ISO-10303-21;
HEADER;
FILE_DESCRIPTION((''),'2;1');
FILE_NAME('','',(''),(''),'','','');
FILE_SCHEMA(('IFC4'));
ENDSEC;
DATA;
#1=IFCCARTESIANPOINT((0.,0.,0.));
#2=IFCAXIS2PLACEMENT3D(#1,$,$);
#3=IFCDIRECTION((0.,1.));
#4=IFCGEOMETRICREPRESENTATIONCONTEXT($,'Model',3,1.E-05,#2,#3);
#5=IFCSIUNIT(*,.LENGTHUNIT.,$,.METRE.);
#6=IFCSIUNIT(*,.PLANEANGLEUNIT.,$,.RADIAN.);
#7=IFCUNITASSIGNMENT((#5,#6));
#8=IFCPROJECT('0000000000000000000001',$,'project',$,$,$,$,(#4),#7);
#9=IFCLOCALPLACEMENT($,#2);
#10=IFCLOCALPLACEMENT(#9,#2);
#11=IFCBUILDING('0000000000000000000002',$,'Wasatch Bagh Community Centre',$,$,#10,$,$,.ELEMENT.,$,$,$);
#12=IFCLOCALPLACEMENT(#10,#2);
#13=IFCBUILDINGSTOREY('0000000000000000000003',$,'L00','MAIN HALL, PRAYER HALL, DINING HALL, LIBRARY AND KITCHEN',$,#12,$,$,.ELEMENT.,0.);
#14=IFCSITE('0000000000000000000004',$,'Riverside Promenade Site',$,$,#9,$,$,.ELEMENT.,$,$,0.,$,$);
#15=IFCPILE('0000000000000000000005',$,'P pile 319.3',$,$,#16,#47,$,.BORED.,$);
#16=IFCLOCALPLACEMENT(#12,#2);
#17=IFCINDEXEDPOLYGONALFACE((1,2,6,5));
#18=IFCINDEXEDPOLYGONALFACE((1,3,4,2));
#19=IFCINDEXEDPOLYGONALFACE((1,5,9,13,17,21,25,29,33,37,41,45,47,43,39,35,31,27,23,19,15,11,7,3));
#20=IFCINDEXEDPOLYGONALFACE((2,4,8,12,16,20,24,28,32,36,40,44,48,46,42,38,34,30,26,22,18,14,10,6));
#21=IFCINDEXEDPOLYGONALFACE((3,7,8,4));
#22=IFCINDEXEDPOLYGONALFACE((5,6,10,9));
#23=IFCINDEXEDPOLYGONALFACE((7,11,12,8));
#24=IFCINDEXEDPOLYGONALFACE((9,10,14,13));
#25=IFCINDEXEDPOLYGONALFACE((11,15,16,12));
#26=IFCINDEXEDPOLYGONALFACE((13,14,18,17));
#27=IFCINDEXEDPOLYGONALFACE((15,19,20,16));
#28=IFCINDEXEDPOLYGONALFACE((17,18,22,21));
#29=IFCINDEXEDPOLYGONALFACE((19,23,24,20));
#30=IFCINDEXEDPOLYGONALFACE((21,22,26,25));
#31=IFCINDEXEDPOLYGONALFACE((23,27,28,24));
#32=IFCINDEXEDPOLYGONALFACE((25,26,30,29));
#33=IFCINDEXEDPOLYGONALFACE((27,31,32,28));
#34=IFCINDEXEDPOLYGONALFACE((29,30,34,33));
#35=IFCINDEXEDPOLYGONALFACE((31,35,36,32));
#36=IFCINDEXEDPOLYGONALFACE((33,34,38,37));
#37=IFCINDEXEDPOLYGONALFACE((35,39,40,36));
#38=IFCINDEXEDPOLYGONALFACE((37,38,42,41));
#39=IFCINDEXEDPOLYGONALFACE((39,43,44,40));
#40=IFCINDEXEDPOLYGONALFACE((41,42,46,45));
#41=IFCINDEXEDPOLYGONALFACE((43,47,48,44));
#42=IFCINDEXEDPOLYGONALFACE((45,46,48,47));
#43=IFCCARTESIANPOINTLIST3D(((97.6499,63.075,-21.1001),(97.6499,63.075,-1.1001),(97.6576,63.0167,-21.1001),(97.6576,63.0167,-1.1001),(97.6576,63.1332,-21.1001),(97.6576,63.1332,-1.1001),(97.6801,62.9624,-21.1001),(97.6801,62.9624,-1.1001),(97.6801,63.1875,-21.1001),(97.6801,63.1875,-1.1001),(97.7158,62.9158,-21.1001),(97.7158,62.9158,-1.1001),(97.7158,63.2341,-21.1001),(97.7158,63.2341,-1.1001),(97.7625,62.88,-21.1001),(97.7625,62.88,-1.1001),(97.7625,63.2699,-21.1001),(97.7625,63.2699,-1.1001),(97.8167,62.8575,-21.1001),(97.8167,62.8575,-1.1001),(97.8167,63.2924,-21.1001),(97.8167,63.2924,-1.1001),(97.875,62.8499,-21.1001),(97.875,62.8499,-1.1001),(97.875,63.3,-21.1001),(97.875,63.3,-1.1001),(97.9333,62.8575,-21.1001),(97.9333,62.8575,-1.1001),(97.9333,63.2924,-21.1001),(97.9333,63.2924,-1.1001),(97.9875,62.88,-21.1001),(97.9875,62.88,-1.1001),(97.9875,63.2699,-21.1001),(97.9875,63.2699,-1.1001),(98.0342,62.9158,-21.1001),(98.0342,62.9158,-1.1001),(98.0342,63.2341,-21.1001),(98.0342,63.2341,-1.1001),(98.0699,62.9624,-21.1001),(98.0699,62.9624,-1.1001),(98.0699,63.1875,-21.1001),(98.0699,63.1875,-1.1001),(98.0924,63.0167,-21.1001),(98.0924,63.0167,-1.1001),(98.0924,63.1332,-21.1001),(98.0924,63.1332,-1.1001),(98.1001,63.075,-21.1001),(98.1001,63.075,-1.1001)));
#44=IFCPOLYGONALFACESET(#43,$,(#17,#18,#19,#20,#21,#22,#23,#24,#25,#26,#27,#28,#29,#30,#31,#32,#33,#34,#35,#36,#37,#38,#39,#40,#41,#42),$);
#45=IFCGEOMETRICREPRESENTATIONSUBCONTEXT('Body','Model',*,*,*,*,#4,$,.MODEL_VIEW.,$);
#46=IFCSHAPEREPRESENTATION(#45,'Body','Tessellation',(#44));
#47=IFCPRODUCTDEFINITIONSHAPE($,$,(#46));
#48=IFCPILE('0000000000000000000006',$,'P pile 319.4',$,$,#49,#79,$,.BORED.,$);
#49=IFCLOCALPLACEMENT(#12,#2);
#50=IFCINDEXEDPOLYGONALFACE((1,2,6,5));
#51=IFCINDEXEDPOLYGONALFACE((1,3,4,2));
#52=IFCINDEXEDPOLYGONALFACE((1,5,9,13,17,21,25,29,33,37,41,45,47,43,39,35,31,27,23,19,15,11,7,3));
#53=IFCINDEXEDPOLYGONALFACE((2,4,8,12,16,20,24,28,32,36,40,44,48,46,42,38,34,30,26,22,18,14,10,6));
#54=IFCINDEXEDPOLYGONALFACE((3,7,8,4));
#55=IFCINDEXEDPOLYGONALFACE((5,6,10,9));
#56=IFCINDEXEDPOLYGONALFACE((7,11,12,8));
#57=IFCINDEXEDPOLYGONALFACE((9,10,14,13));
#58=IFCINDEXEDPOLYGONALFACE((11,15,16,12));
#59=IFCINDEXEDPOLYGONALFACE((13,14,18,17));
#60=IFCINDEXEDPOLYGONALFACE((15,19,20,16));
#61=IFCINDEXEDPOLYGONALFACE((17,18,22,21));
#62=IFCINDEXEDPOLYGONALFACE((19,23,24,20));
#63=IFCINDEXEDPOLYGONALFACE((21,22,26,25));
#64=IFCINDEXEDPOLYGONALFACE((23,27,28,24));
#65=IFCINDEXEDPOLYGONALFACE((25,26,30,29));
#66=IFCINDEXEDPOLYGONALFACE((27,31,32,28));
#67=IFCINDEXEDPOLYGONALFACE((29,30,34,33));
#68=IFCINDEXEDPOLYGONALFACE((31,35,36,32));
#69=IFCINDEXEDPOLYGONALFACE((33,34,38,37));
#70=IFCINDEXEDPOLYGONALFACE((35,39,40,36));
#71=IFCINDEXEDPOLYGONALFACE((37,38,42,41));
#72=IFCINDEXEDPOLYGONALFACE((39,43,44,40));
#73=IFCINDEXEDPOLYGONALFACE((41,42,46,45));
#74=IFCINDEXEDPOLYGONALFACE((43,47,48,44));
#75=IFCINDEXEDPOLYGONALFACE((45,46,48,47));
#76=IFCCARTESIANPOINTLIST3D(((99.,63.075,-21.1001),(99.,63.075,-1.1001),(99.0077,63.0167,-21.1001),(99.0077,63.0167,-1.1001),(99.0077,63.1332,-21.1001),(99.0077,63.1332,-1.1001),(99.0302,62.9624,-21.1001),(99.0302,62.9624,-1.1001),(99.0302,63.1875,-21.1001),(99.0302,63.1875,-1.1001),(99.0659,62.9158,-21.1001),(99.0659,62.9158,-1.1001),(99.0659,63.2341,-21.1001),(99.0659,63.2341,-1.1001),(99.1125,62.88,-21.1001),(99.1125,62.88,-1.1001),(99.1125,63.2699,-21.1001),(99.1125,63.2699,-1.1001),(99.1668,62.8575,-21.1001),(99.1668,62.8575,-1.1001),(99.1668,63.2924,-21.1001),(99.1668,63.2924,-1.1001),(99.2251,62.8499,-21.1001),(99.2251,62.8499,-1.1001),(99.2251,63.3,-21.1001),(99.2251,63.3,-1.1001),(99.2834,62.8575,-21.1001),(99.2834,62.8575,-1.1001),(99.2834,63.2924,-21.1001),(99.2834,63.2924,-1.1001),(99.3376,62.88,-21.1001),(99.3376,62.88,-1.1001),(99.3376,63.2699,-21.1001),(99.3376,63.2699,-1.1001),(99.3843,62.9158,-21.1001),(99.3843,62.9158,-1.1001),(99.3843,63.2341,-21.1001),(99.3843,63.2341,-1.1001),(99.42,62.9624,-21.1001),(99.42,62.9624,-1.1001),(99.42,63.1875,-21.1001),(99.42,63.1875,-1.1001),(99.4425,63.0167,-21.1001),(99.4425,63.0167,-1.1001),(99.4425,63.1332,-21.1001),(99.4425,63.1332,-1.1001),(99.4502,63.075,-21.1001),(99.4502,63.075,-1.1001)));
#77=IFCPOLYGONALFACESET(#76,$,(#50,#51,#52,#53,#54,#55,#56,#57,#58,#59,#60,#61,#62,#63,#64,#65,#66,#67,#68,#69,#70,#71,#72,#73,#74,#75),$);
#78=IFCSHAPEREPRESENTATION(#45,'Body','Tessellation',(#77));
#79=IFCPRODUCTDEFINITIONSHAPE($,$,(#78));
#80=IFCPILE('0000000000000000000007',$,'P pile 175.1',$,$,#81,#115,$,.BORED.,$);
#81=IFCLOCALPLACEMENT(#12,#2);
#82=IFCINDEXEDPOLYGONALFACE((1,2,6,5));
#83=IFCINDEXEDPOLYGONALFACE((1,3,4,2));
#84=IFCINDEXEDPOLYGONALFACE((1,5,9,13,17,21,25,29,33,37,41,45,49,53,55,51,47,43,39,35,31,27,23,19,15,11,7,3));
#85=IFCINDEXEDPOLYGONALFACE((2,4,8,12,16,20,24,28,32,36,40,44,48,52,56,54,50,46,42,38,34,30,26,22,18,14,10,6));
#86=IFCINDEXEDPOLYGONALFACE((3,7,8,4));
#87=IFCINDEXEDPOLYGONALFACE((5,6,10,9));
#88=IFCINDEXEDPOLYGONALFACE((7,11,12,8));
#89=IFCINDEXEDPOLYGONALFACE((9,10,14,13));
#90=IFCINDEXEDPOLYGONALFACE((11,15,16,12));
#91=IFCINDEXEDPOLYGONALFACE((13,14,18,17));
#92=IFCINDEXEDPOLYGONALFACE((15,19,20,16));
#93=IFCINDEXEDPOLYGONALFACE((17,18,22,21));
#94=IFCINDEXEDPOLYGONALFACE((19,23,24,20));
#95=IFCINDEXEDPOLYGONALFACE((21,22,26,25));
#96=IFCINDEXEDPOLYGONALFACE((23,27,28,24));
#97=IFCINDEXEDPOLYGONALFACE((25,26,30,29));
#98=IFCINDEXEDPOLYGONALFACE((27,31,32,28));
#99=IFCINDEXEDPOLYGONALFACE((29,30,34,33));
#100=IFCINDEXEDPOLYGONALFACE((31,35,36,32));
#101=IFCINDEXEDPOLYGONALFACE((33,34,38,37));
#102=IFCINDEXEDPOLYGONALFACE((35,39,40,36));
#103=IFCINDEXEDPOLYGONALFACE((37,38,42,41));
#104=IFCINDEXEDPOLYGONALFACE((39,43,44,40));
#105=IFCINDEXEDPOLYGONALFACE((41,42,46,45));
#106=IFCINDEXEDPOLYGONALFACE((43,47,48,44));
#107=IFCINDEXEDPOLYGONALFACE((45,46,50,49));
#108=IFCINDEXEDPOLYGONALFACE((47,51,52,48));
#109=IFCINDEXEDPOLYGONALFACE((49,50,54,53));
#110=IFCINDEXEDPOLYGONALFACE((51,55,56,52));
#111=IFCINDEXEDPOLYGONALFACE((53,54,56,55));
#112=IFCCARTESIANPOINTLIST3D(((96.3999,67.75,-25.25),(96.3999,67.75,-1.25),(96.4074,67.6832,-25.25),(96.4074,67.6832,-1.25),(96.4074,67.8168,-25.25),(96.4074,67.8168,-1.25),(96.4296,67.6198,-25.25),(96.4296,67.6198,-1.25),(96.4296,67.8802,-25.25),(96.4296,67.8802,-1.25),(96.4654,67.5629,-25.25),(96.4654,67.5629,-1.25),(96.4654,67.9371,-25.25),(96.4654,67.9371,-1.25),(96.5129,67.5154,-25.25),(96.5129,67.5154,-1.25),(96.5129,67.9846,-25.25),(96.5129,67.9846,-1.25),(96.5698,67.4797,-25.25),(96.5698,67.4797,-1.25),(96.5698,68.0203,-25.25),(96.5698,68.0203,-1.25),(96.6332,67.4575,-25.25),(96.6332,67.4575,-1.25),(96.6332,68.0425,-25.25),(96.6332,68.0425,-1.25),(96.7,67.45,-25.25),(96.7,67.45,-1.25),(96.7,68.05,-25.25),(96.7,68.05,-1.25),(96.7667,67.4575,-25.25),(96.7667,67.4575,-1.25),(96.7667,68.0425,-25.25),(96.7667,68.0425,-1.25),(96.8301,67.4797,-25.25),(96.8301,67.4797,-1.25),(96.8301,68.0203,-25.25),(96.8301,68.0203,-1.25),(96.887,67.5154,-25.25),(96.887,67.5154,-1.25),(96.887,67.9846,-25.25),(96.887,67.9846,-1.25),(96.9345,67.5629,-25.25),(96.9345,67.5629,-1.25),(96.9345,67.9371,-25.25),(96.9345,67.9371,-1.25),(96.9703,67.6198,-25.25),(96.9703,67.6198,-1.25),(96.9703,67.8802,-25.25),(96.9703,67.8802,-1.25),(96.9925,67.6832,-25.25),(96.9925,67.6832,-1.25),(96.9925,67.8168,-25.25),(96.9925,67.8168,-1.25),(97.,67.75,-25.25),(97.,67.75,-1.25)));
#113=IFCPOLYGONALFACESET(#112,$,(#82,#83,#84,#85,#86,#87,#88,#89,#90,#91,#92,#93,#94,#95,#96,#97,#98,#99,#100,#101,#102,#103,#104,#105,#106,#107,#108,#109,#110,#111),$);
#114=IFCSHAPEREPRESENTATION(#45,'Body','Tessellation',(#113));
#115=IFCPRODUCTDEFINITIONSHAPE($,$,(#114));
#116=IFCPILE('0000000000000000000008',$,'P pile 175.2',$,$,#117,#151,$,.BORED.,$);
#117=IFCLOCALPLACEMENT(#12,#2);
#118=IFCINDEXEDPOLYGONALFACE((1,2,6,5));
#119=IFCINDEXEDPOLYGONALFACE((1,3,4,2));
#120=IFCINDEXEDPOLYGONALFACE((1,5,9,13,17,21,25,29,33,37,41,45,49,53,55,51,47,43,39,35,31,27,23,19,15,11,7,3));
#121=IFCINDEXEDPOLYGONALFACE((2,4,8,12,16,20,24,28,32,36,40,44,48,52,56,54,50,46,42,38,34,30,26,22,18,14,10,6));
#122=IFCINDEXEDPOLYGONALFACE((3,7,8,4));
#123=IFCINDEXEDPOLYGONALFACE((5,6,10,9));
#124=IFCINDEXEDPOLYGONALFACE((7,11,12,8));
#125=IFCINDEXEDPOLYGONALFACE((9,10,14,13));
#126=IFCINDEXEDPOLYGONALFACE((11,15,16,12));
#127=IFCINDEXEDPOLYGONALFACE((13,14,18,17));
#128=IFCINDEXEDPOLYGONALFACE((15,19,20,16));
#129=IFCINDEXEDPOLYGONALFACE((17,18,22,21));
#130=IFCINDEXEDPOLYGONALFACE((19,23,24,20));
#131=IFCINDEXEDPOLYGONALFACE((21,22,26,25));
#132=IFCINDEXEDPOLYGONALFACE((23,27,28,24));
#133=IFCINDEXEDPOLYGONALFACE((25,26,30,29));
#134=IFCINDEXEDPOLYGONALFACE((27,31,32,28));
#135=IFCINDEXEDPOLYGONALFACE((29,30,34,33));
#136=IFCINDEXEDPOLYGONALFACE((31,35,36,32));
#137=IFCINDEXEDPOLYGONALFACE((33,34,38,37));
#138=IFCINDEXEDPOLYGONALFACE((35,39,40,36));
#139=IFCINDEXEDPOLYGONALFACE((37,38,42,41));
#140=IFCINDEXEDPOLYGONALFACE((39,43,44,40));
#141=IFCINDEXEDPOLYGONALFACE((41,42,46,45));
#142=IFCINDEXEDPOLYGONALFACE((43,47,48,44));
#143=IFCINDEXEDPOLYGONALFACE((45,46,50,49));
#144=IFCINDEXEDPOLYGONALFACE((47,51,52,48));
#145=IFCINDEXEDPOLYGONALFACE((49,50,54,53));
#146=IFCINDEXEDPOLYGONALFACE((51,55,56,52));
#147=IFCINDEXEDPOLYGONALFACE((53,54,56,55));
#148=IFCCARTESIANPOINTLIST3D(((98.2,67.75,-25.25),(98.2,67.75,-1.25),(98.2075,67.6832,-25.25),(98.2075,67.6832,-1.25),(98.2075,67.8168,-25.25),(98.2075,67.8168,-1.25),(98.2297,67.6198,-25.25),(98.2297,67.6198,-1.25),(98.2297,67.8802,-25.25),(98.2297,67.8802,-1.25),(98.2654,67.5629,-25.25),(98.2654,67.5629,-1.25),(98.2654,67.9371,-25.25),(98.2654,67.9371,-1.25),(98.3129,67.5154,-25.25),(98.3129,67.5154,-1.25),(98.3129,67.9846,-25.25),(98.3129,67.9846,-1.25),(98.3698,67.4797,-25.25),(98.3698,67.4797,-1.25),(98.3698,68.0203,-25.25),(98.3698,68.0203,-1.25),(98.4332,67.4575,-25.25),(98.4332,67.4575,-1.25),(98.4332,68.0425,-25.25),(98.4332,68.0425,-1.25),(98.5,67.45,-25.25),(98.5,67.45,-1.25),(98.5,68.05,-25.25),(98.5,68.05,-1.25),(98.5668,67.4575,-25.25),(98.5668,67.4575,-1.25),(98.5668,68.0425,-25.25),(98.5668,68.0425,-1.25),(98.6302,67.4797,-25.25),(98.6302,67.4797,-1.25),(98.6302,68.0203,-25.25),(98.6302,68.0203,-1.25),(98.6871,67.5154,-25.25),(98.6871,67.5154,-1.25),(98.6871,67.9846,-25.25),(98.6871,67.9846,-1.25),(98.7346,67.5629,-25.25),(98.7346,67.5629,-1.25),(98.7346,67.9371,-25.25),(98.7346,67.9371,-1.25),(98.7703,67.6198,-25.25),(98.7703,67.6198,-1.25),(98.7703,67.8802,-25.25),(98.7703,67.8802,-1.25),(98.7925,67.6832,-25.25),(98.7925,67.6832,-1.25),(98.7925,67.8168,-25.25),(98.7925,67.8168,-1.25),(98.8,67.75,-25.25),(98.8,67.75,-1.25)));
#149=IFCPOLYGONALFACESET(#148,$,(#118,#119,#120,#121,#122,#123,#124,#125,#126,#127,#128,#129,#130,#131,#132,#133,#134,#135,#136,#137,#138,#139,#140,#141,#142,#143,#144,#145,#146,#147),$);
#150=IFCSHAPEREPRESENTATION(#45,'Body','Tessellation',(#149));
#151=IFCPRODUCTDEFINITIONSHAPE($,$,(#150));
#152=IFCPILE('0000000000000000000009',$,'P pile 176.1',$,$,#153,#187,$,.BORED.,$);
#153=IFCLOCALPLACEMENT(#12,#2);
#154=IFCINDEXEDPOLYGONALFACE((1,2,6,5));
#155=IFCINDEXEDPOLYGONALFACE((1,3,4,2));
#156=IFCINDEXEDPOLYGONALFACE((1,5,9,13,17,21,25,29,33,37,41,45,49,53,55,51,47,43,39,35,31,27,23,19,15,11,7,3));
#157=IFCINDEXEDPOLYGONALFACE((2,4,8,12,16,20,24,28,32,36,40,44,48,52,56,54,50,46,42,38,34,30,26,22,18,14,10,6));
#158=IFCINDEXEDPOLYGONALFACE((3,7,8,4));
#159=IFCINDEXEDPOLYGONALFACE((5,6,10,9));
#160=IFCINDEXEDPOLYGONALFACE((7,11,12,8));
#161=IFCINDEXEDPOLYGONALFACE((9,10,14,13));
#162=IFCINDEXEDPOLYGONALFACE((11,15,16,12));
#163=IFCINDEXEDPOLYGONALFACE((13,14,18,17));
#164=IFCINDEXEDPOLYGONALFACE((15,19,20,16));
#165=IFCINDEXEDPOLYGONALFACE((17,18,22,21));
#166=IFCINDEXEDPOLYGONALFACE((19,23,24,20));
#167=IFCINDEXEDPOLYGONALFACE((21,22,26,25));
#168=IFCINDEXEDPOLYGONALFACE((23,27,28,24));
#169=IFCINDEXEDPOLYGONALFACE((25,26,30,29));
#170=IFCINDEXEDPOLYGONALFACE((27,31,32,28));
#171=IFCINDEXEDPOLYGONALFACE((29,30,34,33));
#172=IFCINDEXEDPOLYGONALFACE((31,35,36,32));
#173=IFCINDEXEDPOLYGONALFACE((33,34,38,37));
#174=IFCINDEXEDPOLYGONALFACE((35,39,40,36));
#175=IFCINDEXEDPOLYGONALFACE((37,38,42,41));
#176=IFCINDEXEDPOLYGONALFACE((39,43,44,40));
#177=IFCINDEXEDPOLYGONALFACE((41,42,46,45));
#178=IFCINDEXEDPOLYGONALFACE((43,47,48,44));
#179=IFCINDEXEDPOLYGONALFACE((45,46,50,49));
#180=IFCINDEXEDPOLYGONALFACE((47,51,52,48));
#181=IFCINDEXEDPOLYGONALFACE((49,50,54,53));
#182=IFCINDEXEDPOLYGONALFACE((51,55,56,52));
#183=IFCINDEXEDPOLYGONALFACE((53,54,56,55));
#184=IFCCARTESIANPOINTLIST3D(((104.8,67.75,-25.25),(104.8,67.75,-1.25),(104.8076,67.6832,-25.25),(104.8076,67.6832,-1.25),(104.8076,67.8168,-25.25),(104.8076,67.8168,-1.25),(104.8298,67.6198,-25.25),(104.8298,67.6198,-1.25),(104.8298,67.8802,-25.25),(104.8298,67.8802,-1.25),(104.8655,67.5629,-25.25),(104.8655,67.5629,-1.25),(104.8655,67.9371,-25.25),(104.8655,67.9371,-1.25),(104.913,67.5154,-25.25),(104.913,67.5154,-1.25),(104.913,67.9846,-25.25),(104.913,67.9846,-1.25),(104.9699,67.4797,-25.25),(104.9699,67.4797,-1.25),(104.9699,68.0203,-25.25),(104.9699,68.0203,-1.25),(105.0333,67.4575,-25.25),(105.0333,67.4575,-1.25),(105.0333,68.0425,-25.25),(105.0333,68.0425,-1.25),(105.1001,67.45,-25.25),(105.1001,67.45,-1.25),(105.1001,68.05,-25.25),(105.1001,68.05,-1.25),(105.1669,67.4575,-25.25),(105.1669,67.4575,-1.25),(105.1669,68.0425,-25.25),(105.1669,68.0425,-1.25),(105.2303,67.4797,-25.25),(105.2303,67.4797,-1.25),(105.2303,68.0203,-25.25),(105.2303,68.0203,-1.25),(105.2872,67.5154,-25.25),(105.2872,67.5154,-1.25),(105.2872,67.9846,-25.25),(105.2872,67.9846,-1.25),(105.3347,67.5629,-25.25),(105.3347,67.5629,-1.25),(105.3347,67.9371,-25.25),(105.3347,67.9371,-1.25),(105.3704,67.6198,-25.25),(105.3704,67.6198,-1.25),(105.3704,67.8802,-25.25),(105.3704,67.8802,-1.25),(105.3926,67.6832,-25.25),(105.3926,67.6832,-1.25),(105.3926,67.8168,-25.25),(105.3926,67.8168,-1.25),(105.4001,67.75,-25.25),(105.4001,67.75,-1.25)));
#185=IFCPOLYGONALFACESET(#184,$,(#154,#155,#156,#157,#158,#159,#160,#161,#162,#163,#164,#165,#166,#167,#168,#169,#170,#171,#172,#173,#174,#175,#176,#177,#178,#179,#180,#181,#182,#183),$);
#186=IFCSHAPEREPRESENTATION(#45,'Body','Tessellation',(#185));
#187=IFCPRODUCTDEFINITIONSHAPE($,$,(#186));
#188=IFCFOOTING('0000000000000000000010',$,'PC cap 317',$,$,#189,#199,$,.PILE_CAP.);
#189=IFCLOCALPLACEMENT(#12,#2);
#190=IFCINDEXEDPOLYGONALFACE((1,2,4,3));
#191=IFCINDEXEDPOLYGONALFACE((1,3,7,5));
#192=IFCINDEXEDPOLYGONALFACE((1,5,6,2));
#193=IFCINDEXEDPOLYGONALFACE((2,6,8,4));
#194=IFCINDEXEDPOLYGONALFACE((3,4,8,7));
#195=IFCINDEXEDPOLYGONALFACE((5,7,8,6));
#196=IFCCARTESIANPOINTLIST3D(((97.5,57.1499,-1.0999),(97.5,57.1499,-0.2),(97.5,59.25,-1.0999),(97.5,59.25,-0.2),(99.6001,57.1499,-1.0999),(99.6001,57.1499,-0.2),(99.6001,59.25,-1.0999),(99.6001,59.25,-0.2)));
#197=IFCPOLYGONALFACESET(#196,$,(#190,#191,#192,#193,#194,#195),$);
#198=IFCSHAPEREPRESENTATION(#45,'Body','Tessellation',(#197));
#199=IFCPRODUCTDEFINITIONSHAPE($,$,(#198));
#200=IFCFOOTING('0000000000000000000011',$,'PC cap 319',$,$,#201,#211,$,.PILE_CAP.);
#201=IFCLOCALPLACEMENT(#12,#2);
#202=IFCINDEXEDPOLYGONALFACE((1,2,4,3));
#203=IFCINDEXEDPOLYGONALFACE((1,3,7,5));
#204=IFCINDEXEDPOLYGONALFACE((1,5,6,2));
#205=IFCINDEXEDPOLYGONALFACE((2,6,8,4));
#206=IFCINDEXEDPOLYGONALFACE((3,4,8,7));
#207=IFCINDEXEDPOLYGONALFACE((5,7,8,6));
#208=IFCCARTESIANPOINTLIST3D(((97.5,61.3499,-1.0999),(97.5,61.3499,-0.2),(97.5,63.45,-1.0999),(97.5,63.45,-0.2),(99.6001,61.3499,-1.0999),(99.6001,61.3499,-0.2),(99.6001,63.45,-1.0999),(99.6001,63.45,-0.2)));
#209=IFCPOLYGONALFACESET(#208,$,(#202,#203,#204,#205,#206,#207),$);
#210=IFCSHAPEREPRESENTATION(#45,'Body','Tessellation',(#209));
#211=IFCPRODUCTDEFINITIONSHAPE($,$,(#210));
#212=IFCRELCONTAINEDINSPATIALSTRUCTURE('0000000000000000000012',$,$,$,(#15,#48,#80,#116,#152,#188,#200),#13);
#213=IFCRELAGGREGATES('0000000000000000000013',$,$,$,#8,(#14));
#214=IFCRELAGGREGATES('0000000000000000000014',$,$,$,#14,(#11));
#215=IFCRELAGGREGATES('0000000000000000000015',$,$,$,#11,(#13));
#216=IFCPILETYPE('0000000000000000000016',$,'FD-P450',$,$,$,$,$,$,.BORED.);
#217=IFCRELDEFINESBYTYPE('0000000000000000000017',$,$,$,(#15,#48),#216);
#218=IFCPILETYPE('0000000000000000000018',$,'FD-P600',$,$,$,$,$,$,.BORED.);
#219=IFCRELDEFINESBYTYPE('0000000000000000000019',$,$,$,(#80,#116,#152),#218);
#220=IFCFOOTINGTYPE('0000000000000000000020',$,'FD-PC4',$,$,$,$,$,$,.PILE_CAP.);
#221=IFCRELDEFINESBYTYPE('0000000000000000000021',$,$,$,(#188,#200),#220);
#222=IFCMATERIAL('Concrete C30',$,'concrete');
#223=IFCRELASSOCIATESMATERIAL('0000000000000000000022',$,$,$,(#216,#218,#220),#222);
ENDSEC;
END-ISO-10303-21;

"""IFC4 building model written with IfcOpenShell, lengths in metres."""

from ifc_helpers import new_model, si_unit, direction, frame, origin, origin_2d, place, context, subcontext, project, spatial, rectangle, circle, extrude, material, material_profile, profile_set, type_object, element, save


model = new_model("IFC4")

# Units and contexts
model_context = context("Model", 3, precision=1e-05, world=origin(), true_north=direction((0.0, 1.0)))
body_context = subcontext(model_context, "Body", "Model", "MODEL_VIEW")
ifc_project = project(units=[si_unit("LENGTHUNIT", "METRE"), si_unit("PLANEANGLEUNIT", "RADIAN")], contexts=[model_context])

# Site, building, storey
site_placement = place(None, origin())
site = spatial("IfcSite", under=ifc_project, at=site_placement, Name="Riverside Promenade Site", CompositionType="ELEMENT", RefElevation=0.0)
building_placement = place(site_placement, origin())
building = spatial("IfcBuilding", under=site, at=building_placement, Name="Wasatch Bagh Community Centre", CompositionType="ELEMENT")
storey_placement = place(building_placement, origin())
storey = spatial("IfcBuildingStorey", under=building, at=storey_placement, Name="L00", Description="MAIN HALL, PRAYER HALL, DINING HALL, LIBRARY AND KITCHEN", CompositionType="ELEMENT", Elevation=0.0)

# Piles
ifc_material_1 = material(Name="Concrete C30", Category="concrete")
ifc_material_profile_1 = material_profile(ifc_material_1, circle(Radius=0.2251, at=origin_2d()), Name="RC D450")
ifc_profile_set_1 = profile_set([ifc_material_profile_1], Name="Concrete C30")
pile_type_1 = type_object("IfcPileType", Name="FD-P450", PredefinedType="BORED", material=ifc_profile_set_1)
for number, where, z_axis, x_axis, name in (
    (1, (97.875, 63.075, -1.1001), (0.0, 0.0, -1.0), (1.0, 0.0, 0.0), "P pile 319.3"),
    (2, (99.2251, 63.075, -1.1001), (0.0, 0.0, -1.0), (1.0, 0.0, 0.0), "P pile 319.4"),
):
    element("IfcPile", number, at=place(storey_placement, frame(where, z_axis=z_axis, x_axis=x_axis)), inside=storey, type_object=pile_type_1, Name=name, PredefinedType="BORED", context=body_context, shape_type="SweptSolid", body=[
        extrude(circle(Radius=0.2251, at=origin_2d()), origin(), (0.0, 0.0, 1.0), 20.0),
    ])
ifc_material_profile_2 = material_profile(ifc_material_1, circle(Radius=0.3, at=origin_2d()), Name="RC D600")
ifc_profile_set_2 = profile_set([ifc_material_profile_2], Name="Concrete C30")
pile_type_2 = type_object("IfcPileType", Name="FD-P600", PredefinedType="BORED", material=ifc_profile_set_2)
for number, where, z_axis, x_axis, name in (
    (3, (96.7, 67.75, -1.25), (0.0, 0.0, -1.0), (1.0, 0.0, 0.0), "P pile 175.1"),
    (4, (98.5, 67.75, -1.25), (0.0, 0.0, -1.0), (1.0, 0.0, 0.0), "P pile 175.2"),
    (5, (105.1001, 67.75, -1.25), (0.0, 0.0, -1.0), (1.0, 0.0, 0.0), "P pile 176.1"),
):
    element("IfcPile", number, at=place(storey_placement, frame(where, z_axis=z_axis, x_axis=x_axis)), inside=storey, type_object=pile_type_2, Name=name, PredefinedType="BORED", context=body_context, shape_type="SweptSolid", body=[
        extrude(circle(Radius=0.3, at=origin_2d()), origin(), (0.0, 0.0, 1.0), 24.0),
    ])

# Footings
footing_type_1 = type_object("IfcFootingType", Name="FD-PC4", PredefinedType="PILE_CAP", material=ifc_material_1)
for number, where, z_axis, x_axis, name in (
    (6, (98.55, 58.2, -1.0999), (0.0, 0.0, 1.0), (1.0, 0.0, 0.0), "PC cap 317"),
    (7, (98.55, 62.3999, -1.0999), (0.0, 0.0, 1.0), (1.0, 0.0, 0.0), "PC cap 319"),
):
    element("IfcFooting", number, at=place(storey_placement, frame(where, z_axis=z_axis, x_axis=x_axis)), inside=storey, type_object=footing_type_1, Name=name, PredefinedType="PILE_CAP", context=body_context, shape_type="SweptSolid", body=[
        extrude(rectangle(XDim=2.1001, YDim=2.1001, at=origin_2d()), origin(), (0.0, 0.0, 1.0), 0.8999),
    ])

save(model, "model.ifc")
